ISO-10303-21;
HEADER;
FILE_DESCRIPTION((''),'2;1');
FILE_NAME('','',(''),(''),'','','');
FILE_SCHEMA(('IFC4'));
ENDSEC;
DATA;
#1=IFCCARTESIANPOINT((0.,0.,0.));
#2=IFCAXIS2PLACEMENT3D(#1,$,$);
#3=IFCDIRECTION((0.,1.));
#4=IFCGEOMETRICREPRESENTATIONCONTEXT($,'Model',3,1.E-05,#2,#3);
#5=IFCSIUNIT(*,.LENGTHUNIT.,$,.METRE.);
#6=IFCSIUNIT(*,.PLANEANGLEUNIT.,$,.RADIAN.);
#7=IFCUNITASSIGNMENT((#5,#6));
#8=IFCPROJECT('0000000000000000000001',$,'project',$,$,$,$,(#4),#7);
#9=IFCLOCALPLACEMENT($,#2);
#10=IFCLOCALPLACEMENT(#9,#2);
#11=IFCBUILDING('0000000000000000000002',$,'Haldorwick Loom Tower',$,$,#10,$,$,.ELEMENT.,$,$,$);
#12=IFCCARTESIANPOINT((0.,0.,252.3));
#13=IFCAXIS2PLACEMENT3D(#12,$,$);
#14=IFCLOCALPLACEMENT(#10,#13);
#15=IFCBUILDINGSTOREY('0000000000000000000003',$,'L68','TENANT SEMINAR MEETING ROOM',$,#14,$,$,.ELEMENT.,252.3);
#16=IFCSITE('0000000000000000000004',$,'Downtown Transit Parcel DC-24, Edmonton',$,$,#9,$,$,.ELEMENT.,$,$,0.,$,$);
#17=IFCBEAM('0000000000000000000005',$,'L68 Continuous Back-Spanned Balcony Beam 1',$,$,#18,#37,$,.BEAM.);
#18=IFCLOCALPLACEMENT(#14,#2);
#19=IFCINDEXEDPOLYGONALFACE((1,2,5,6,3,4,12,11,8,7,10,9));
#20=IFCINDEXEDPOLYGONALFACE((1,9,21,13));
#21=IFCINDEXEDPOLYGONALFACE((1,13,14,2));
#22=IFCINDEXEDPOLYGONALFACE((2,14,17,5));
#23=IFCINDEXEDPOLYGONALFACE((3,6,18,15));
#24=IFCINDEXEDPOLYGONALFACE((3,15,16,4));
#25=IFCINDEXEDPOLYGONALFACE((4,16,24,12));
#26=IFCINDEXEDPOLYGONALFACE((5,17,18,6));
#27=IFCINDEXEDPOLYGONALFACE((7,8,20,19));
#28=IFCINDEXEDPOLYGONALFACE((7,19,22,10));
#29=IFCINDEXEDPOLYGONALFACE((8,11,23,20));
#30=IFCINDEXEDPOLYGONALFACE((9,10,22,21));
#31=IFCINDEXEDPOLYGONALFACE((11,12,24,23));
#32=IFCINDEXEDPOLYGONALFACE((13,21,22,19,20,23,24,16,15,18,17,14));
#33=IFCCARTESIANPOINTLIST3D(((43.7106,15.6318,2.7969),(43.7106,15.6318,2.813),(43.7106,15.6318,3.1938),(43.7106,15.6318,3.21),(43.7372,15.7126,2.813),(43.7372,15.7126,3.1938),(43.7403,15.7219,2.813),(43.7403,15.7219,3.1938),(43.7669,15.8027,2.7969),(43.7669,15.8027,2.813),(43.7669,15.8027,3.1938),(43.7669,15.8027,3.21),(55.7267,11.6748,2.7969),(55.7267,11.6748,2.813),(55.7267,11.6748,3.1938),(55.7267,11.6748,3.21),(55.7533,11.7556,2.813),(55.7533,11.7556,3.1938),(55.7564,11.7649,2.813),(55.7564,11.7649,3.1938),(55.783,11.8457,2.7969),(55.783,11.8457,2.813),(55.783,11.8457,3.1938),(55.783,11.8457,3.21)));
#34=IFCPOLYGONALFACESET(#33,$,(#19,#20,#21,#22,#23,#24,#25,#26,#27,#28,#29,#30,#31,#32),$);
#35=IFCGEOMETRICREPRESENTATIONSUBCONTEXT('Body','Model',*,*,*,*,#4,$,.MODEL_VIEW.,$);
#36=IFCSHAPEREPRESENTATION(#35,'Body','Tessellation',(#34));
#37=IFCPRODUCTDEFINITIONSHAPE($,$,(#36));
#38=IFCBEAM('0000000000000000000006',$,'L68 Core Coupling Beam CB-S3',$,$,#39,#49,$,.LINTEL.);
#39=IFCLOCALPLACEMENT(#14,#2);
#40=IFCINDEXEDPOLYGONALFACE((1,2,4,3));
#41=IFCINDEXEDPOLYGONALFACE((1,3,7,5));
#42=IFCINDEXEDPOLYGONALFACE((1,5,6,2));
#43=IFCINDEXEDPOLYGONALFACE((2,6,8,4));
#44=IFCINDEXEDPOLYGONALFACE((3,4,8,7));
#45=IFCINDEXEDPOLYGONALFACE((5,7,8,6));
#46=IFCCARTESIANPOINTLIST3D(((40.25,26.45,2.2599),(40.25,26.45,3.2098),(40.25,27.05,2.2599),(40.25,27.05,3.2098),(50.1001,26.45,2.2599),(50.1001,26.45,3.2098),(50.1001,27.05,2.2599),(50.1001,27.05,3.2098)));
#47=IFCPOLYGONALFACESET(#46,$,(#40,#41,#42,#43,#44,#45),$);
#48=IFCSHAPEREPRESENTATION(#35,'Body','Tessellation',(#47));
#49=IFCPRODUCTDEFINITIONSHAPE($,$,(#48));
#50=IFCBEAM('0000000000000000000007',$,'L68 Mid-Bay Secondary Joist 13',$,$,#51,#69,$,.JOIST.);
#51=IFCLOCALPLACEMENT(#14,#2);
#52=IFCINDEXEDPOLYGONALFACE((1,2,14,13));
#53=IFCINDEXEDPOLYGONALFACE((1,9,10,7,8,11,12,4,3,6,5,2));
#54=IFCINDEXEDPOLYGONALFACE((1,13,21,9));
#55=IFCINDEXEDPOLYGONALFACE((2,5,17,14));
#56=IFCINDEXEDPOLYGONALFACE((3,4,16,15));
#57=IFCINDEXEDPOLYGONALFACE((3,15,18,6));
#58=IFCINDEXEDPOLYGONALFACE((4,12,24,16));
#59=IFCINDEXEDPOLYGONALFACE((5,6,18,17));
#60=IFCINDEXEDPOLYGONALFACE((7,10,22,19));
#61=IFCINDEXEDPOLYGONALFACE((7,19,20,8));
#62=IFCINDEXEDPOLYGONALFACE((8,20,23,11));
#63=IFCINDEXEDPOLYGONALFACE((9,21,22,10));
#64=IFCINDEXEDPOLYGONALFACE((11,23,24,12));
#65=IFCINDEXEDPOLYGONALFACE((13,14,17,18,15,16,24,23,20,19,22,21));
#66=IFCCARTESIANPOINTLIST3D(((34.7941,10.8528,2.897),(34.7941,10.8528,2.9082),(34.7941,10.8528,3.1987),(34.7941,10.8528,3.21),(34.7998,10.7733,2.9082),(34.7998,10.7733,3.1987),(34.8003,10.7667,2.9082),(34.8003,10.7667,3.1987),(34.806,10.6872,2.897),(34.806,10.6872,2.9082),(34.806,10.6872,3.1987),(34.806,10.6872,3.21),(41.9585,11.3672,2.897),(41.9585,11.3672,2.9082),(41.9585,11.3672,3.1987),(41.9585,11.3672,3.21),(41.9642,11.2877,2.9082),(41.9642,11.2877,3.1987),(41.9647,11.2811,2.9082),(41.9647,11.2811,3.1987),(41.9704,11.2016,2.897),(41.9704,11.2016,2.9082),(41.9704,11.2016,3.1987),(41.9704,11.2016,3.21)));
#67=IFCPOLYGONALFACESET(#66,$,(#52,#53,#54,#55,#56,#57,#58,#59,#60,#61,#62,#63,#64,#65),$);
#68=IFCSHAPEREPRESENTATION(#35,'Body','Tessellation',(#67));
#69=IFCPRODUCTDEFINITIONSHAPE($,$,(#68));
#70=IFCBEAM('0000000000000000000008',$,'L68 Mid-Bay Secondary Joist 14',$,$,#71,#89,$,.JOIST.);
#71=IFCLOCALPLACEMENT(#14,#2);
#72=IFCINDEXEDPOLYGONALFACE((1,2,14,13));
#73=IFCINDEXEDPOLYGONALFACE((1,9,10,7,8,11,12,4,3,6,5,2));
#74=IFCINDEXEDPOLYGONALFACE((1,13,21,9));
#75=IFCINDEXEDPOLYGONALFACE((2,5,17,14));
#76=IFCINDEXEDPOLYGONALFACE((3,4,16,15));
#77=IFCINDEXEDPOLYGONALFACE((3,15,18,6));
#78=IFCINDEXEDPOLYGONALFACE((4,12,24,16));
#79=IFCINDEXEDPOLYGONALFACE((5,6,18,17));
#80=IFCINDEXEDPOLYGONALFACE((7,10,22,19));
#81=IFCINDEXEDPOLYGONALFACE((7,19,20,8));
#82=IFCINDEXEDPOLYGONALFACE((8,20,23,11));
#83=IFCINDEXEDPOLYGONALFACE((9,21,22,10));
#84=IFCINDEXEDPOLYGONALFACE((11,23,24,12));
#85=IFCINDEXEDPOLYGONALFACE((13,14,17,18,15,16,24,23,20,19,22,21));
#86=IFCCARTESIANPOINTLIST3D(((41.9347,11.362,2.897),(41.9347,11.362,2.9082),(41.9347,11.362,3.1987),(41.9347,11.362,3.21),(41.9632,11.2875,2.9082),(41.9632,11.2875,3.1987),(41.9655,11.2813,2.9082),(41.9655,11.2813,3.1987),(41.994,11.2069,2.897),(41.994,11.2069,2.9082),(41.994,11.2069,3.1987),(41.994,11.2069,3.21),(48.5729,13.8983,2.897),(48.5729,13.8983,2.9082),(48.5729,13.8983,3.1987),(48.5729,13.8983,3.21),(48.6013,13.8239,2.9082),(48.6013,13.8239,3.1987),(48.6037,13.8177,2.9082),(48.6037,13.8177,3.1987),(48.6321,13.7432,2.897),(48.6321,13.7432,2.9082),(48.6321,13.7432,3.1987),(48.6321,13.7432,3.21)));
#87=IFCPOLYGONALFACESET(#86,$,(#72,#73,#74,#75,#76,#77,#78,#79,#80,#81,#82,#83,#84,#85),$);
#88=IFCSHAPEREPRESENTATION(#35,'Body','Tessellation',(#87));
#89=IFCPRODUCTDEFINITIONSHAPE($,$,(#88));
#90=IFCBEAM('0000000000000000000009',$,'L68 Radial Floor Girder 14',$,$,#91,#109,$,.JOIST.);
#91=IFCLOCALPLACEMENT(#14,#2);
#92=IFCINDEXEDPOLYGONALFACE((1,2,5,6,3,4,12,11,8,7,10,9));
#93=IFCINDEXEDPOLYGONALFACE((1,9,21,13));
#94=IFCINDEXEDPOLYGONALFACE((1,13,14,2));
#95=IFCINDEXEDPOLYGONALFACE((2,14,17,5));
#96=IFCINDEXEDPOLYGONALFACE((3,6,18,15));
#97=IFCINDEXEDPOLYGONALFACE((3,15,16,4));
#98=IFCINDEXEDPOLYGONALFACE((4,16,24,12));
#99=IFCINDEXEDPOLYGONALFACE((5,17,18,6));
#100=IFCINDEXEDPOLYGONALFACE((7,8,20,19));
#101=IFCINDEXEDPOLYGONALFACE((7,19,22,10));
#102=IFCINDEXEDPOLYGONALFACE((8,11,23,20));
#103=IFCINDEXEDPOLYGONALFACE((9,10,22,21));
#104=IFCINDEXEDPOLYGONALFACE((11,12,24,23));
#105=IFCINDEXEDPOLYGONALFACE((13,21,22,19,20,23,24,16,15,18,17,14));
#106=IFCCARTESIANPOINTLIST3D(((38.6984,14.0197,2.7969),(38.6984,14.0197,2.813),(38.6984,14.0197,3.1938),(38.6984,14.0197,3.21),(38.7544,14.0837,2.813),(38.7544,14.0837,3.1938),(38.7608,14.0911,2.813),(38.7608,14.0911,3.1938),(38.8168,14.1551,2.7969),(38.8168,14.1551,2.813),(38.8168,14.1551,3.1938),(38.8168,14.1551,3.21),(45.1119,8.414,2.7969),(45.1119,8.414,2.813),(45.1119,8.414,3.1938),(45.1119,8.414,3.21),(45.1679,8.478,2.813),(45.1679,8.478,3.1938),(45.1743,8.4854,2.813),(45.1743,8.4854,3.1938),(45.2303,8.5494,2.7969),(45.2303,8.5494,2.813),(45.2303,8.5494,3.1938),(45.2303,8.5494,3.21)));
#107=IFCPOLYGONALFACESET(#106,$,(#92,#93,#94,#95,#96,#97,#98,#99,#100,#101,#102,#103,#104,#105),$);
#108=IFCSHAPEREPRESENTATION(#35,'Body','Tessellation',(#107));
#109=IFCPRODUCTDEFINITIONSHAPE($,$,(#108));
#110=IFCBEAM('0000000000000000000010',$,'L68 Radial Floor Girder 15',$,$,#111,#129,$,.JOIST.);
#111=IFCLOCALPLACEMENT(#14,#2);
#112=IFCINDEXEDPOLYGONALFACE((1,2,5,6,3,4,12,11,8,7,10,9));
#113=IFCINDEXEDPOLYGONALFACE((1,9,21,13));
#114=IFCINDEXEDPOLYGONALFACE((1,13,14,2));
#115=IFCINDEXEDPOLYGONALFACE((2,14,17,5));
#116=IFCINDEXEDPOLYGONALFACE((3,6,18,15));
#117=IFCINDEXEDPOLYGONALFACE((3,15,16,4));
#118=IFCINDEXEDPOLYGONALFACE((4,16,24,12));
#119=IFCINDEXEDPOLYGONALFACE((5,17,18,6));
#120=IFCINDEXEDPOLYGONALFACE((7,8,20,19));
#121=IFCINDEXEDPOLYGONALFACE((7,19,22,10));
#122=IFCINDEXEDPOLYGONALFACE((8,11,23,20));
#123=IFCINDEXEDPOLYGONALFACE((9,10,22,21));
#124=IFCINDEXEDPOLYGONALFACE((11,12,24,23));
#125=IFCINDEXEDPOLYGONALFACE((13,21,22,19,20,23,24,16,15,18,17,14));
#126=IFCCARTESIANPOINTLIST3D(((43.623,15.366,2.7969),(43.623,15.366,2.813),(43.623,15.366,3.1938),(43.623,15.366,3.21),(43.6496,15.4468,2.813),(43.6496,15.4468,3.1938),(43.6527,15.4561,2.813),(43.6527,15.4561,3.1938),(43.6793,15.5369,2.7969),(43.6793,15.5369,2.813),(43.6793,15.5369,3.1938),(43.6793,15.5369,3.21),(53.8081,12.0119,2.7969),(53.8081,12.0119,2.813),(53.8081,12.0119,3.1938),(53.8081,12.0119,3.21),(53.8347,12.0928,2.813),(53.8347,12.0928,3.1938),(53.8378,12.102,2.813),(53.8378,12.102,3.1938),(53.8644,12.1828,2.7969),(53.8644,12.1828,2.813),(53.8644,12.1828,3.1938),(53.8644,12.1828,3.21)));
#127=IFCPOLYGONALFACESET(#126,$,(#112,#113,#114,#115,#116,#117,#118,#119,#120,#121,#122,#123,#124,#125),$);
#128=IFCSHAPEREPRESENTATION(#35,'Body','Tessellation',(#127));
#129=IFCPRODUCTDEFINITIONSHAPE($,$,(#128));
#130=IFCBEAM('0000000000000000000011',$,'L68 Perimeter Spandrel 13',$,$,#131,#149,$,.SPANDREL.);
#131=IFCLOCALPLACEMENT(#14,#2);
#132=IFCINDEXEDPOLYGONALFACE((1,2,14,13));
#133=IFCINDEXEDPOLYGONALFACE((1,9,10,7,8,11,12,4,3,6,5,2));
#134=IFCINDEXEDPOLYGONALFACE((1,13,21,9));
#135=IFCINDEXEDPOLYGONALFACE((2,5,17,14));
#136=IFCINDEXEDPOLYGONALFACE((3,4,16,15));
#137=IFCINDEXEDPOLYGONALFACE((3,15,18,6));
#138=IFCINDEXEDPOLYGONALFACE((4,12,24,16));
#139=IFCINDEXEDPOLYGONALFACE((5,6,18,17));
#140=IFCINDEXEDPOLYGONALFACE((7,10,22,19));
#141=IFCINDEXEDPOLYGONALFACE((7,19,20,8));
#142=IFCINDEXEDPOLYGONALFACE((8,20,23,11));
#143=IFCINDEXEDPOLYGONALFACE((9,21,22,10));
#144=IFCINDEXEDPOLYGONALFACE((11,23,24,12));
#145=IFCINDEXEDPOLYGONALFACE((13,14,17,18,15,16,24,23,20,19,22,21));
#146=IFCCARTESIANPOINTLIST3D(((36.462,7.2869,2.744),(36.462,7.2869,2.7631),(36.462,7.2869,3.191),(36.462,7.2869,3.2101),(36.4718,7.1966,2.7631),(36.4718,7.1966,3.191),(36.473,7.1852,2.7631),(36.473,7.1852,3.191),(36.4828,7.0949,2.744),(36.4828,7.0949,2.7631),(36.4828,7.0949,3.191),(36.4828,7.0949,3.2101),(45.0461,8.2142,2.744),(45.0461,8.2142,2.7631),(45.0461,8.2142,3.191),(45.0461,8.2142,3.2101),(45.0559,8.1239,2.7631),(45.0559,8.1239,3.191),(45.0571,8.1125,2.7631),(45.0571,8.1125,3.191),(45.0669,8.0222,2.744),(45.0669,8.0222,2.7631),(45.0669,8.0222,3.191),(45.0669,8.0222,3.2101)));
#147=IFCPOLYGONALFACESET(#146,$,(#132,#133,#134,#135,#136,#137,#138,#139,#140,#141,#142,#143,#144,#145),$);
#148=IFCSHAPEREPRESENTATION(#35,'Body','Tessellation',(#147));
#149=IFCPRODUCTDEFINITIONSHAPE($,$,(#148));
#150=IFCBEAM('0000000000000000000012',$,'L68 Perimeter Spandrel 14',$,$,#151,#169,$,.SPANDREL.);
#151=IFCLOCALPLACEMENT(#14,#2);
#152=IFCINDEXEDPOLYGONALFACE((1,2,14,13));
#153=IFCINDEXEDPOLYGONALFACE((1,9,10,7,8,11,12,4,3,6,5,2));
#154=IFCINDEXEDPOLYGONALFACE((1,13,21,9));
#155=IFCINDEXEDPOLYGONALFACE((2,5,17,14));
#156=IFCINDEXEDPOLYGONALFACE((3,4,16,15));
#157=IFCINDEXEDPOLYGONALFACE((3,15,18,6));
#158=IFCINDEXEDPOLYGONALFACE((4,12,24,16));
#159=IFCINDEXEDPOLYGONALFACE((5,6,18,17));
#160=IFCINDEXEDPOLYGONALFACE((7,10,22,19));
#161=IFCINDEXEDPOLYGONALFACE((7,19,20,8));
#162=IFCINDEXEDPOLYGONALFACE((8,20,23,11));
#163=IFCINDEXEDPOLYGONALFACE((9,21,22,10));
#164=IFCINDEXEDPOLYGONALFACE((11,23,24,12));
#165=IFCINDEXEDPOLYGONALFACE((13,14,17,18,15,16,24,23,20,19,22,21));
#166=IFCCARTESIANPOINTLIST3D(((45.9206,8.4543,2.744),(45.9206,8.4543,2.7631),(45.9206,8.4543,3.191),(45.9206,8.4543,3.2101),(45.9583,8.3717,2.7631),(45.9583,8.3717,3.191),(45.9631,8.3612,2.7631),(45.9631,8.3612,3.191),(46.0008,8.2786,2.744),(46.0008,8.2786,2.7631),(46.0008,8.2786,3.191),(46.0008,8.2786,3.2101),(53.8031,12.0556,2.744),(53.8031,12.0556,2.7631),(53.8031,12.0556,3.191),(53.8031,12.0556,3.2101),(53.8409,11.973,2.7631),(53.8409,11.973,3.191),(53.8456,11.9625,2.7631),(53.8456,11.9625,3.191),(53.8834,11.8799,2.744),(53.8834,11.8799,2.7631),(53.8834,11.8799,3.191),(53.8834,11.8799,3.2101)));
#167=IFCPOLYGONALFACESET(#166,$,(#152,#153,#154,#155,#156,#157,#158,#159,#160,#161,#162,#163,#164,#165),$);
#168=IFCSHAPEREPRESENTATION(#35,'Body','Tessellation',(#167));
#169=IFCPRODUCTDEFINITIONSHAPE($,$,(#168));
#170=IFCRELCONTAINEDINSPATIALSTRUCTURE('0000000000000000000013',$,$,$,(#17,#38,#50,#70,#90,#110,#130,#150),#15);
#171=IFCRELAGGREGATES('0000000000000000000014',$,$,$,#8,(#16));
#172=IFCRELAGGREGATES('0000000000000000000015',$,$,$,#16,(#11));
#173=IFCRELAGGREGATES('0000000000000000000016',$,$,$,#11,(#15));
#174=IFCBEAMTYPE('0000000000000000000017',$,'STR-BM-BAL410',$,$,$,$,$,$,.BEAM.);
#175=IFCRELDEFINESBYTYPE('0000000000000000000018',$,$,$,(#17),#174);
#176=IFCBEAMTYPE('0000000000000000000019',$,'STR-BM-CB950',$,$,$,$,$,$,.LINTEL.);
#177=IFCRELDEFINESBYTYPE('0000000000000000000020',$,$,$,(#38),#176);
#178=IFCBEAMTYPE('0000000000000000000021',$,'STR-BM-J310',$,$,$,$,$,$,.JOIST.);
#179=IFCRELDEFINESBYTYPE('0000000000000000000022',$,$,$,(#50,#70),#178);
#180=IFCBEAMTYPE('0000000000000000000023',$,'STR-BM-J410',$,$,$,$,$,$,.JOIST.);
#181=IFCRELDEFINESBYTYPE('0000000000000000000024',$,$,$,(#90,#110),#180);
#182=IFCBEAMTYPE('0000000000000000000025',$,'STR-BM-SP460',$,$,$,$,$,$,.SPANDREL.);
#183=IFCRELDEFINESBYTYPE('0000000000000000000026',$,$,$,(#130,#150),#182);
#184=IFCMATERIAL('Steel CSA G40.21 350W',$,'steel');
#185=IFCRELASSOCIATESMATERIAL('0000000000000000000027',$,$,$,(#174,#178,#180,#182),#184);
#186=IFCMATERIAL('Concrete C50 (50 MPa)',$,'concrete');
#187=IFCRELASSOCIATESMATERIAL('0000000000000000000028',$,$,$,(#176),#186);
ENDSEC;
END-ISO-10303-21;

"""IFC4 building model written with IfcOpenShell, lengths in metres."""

from ifc_helpers import new_model, si_unit, direction, frame, origin, origin_2d, place, context, subcontext, project, spatial, rectangle, i_section, extrude, material, material_profile, profile_set, type_object, element, save


model = new_model("IFC4")

# Units and contexts
model_context = context("Model", 3, precision=1e-05, world=origin(), true_north=direction((0.0, 1.0)))
body_context = subcontext(model_context, "Body", "Model", "MODEL_VIEW")
ifc_project = project(units=[si_unit("LENGTHUNIT", "METRE"), si_unit("PLANEANGLEUNIT", "RADIAN")], contexts=[model_context])

# Site, building, storey
site_placement = place(None, origin())
site = spatial("IfcSite", under=ifc_project, at=site_placement, Name="Downtown Transit Parcel DC-24, Edmonton", CompositionType="ELEMENT", RefElevation=0.0)
building_placement = place(site_placement, origin())
building = spatial("IfcBuilding", under=site, at=building_placement, Name="Haldorwick Loom Tower", CompositionType="ELEMENT")
storey_placement = place(building_placement, frame((0.0, 0.0, 252.3)))
storey = spatial("IfcBuildingStorey", under=building, at=storey_placement, Name="L68", Description="TENANT SEMINAR MEETING ROOM", CompositionType="ELEMENT", Elevation=252.3)

# Shared definitions
ifc_material_1 = material(Name="Steel CSA G40.21 350W", Category="steel")

# Beams
ifc_material_profile_1 = material_profile(ifc_material_1, i_section(OverallWidth=0.1799, OverallDepth=0.4131, WebThickness=0.0098, FlangeThickness=0.0161, at=origin_2d()), Name="W410X74", Category="steel")
ifc_profile_set_1 = profile_set([ifc_material_profile_1], Name="Steel CSA G40.21 350W")
beam_type_1 = type_object("IfcBeamType", Name="STR-BM-BAL410", PredefinedType="BEAM", material=ifc_profile_set_1)
beam_1_placement = place(storey_placement, frame((43.7388, 15.7173, 3.0034), z_axis=(0.949823, -0.312787, 0.0), x_axis=(0.312787, 0.949823, 0.0)))
element("IfcBeam", 1, at=beam_1_placement, inside=storey, type_object=beam_type_1, Name="L68 Continuous Back-Spanned Balcony Beam 1", PredefinedType="BEAM", context=body_context, shape_type="SweptSolid", body=[
    extrude(i_section(OverallWidth=0.1799, OverallDepth=0.4131, WebThickness=0.0098, FlangeThickness=0.0161, at=origin_2d()), origin(), (0.0, 0.0, 1.0), 12.6509),
])
ifc_material_2 = material(Name="Concrete C50 (50 MPa)", Category="concrete")
ifc_material_profile_2 = material_profile(ifc_material_2, rectangle(XDim=0.6001, YDim=0.95, at=origin_2d()), Name="RC600X950", Category="concrete")
ifc_profile_set_2 = profile_set([ifc_material_profile_2], Name="Concrete C50 (50 MPa)")
beam_type_2 = type_object("IfcBeamType", Name="STR-BM-CB950", PredefinedType="LINTEL", material=ifc_profile_set_2)
beam_2_placement = place(storey_placement, frame((40.25, 26.75, 2.7349), z_axis=(1.0, 0.0, 0.0), x_axis=(0.0, 1.0, 0.0)))
element("IfcBeam", 2, at=beam_2_placement, inside=storey, type_object=beam_type_2, Name="L68 Core Coupling Beam CB-S3", PredefinedType="LINTEL", context=body_context, shape_type="SweptSolid", body=[
    extrude(rectangle(XDim=0.6001, YDim=0.95, at=origin_2d()), origin(), (0.0, 0.0, 1.0), 9.8501),
])
ifc_material_profile_3 = material_profile(ifc_material_1, i_section(OverallWidth=0.166, OverallDepth=0.313, WebThickness=0.0066, FlangeThickness=0.0112, at=origin_2d()), Name="W310X45", Category="steel")
ifc_profile_set_3 = profile_set([ifc_material_profile_3], Name="Steel CSA G40.21 350W")
beam_type_3 = type_object("IfcBeamType", Name="STR-BM-J310", PredefinedType="JOIST", material=ifc_profile_set_3)
beam_3_placement = place(storey_placement, frame((34.8, 10.77, 3.0535), z_axis=(0.997432, 0.071617, 0.0), x_axis=(-0.071617, 0.997432, 0.0)))
element("IfcBeam", 3, at=beam_3_placement, inside=storey, type_object=beam_type_3, Name="L68 Mid-Bay Secondary Joist 13", PredefinedType="JOIST", context=body_context, shape_type="SweptSolid", body=[
    extrude(i_section(OverallWidth=0.166, OverallDepth=0.313, WebThickness=0.0066, FlangeThickness=0.0112, at=origin_2d()), origin(), (0.0, 0.0, 1.0), 7.1829),
])
beam_4_placement = place(storey_placement, frame((41.9644, 11.2844, 3.0535), z_axis=(0.934134, 0.356922, 0.0), x_axis=(-0.356922, 0.934134, 0.0)))
element("IfcBeam", 4, at=beam_4_placement, inside=storey, type_object=beam_type_3, Name="L68 Mid-Bay Secondary Joist 14", PredefinedType="JOIST", context=body_context, shape_type="SweptSolid", body=[
    extrude(i_section(OverallWidth=0.166, OverallDepth=0.313, WebThickness=0.0066, FlangeThickness=0.0112, at=origin_2d()), origin(), (0.0, 0.0, 1.0), 7.1062),
])
ifc_material_profile_4 = material_profile(ifc_material_1, i_section(OverallWidth=0.1799, OverallDepth=0.4131, WebThickness=0.0098, FlangeThickness=0.0161, at=origin_2d()), Name="W410X74", Category="steel")
ifc_profile_set_4 = profile_set([ifc_material_profile_4], Name="Steel CSA G40.21 350W")
beam_type_4 = type_object("IfcBeamType", Name="STR-BM-J410", PredefinedType="JOIST", material=ifc_profile_set_4)
beam_5_placement = place(storey_placement, frame((38.7576, 14.0874, 3.0034), z_axis=(0.752935, -0.658095, 0.0), x_axis=(0.658095, 0.752935, 0.0)))
element("IfcBeam", 5, at=beam_5_placement, inside=storey, type_object=beam_type_4, Name="L68 Radial Floor Girder 14", PredefinedType="JOIST", context=body_context, shape_type="SweptSolid", body=[
    extrude(i_section(OverallWidth=0.1799, OverallDepth=0.4131, WebThickness=0.0098, FlangeThickness=0.0161, at=origin_2d()), origin(), (0.0, 0.0, 1.0), 8.5181),
])
beam_6_placement = place(storey_placement, frame((43.6511, 15.4514, 3.0034), z_axis=(0.949825, -0.312783, 0.0), x_axis=(0.312783, 0.949825, 0.0)))
element("IfcBeam", 6, at=beam_6_placement, inside=storey, type_object=beam_type_4, Name="L68 Radial Floor Girder 15", PredefinedType="JOIST", context=body_context, shape_type="SweptSolid", body=[
    extrude(i_section(OverallWidth=0.1799, OverallDepth=0.4131, WebThickness=0.0098, FlangeThickness=0.0161, at=origin_2d()), origin(), (0.0, 0.0, 1.0), 10.7231),
])
ifc_material_profile_5 = material_profile(ifc_material_1, i_section(OverallWidth=0.1931, OverallDepth=0.4661, WebThickness=0.0115, FlangeThickness=0.019, at=origin_2d()), Name="W460X97", Category="steel")
ifc_profile_set_5 = profile_set([ifc_material_profile_5], Name="Steel CSA G40.21 350W")
beam_type_5 = type_object("IfcBeamType", Name="STR-BM-SP460", PredefinedType="SPANDREL", material=ifc_profile_set_5)
beam_7_placement = place(storey_placement, frame((36.4724, 7.1909, 2.9771), z_axis=(0.994216, 0.107396, 0.0), x_axis=(-0.107396, 0.994216, 0.0)))
element("IfcBeam", 7, at=beam_7_placement, inside=storey, type_object=beam_type_5, Name="L68 Perimeter Spandrel 13", PredefinedType="SPANDREL", context=body_context, shape_type="SweptSolid", body=[
    extrude(i_section(OverallWidth=0.1931, OverallDepth=0.4661, WebThickness=0.0115, FlangeThickness=0.019, at=origin_2d()), origin(), (0.0, 0.0, 1.0), 8.634),
])
beam_8_placement = place(storey_placement, frame((45.9607, 8.3665, 2.9771), z_axis=(0.909568, 0.415555, 0.0), x_axis=(-0.415555, 0.909568, 0.0)))
element("IfcBeam", 8, at=beam_8_placement, inside=storey, type_object=beam_type_5, Name="L68 Perimeter Spandrel 14", PredefinedType="SPANDREL", context=body_context, shape_type="SweptSolid", body=[
    extrude(i_section(OverallWidth=0.1931, OverallDepth=0.4661, WebThickness=0.0115, FlangeThickness=0.019, at=origin_2d()), origin(), (0.0, 0.0, 1.0), 8.6663),
])

save(model, "model.ifc")
